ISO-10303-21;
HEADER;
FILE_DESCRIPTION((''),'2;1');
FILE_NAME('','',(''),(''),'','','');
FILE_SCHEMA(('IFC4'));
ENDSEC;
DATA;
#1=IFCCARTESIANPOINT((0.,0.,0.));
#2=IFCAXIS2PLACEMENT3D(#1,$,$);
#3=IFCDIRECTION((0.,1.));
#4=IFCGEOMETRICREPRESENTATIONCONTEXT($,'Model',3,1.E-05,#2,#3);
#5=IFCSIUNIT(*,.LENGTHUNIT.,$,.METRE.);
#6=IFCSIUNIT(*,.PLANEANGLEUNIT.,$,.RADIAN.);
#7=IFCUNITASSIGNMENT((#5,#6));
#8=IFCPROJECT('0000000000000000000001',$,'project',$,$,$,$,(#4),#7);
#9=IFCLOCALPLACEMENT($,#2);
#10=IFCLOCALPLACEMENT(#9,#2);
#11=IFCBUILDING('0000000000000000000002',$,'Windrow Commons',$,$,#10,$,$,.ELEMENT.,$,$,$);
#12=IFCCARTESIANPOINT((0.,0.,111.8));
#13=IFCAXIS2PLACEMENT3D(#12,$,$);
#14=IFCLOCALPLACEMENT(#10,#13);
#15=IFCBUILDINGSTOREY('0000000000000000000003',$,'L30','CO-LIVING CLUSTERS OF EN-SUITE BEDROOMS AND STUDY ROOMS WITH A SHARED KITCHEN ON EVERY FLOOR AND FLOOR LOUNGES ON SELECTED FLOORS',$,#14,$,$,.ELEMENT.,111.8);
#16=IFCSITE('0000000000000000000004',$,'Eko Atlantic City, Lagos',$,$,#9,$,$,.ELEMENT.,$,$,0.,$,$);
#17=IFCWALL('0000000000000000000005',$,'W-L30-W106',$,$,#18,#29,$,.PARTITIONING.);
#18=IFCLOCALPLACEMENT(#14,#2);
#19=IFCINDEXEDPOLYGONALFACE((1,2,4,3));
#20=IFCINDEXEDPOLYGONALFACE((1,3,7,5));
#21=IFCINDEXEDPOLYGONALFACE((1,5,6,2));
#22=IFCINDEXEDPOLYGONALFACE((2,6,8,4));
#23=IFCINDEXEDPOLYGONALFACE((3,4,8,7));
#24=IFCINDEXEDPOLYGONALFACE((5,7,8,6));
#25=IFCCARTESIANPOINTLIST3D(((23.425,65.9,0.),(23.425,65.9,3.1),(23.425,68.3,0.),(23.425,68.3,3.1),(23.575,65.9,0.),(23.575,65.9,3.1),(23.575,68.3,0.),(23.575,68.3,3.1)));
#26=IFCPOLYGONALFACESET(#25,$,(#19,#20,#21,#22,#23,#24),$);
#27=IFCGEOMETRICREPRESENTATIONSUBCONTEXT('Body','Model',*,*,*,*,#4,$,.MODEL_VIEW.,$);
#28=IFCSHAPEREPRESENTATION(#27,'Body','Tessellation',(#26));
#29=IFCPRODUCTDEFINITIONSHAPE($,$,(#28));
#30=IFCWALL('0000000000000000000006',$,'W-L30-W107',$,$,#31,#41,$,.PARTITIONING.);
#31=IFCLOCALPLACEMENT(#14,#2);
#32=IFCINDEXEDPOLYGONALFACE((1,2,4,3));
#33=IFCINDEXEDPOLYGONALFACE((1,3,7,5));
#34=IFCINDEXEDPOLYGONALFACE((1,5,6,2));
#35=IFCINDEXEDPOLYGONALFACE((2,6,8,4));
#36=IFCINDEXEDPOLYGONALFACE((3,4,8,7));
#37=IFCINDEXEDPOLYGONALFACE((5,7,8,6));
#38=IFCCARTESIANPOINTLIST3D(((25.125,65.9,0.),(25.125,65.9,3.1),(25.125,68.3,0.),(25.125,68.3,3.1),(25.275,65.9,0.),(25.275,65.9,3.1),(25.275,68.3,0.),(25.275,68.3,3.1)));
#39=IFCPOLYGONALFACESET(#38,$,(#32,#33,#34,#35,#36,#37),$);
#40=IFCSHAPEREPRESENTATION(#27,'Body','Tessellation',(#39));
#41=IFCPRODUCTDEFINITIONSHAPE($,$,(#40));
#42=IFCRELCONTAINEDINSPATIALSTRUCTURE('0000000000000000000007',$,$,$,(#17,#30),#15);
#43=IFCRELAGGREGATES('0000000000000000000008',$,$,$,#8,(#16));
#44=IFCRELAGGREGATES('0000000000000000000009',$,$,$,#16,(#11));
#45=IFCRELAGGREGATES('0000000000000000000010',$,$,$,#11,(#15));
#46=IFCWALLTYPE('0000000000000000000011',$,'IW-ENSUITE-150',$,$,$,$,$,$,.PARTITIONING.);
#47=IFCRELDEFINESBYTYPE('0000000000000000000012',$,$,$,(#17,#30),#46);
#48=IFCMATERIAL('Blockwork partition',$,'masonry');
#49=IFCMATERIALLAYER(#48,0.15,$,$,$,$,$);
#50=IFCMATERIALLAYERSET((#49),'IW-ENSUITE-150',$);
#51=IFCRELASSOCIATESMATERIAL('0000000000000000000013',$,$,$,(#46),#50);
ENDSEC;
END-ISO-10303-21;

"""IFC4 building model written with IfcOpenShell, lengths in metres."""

from ifc_helpers import new_model, si_unit, direction, frame, frame_2d, origin, place, context, subcontext, project, spatial, rectangle, extrude, material, layer, layer_set, type_object, element, save


model = new_model("IFC4")

# Units and contexts
model_context = context("Model", 3, precision=1e-05, world=origin(), true_north=direction((0.0, 1.0)))
body_context = subcontext(model_context, "Body", "Model", "MODEL_VIEW")
ifc_project = project(units=[si_unit("LENGTHUNIT", "METRE"), si_unit("PLANEANGLEUNIT", "RADIAN")], contexts=[model_context])

# Site, building, storey
site_placement = place(None, origin())
site = spatial("IfcSite", under=ifc_project, at=site_placement, Name="Eko Atlantic City, Lagos", CompositionType="ELEMENT", RefElevation=0.0)
building_placement = place(site_placement, origin())
building = spatial("IfcBuilding", under=site, at=building_placement, Name="Windrow Commons", CompositionType="ELEMENT")
storey_placement = place(building_placement, frame((0.0, 0.0, 111.8)))
storey = spatial("IfcBuildingStorey", under=building, at=storey_placement, Name="L30", Description="CO-LIVING CLUSTERS OF EN-SUITE BEDROOMS AND STUDY ROOMS WITH A SHARED KITCHEN ON EVERY FLOOR AND FLOOR LOUNGES ON SELECTED FLOORS", CompositionType="ELEMENT", Elevation=111.8)

# Walls
ifc_material_1 = material(Name="Blockwork partition", Category="masonry")
ifc_layer_1 = layer(ifc_material_1, 0.15)
ifc_layer_set_1 = layer_set([ifc_layer_1], Name="IW-ENSUITE-150")
wall_type_1 = type_object("IfcWallType", Name="IW-ENSUITE-150", PredefinedType="PARTITIONING", material=ifc_layer_set_1)
for number, where, z_axis, x_axis, name in (
    (1, (23.5, 65.9, 0.0), (0.0, 0.0, 1.0), (0.0, 1.0, 0.0), "W-L30-W106"),
    (2, (25.2, 65.9, 0.0), (0.0, 0.0, 1.0), (0.0, 1.0, 0.0), "W-L30-W107"),
):
    element("IfcWall", number, at=place(storey_placement, frame(where, z_axis=z_axis, x_axis=x_axis)), inside=storey, type_object=wall_type_1, Name=name, PredefinedType="PARTITIONING", context=body_context, shape_type="SweptSolid", body=[
        extrude(rectangle(XDim=2.4, YDim=0.15, at=frame_2d((1.2, 0.0))), origin(), (0.0, 0.0, 1.0), 3.1),
    ])

save(model, "model.ifc")
